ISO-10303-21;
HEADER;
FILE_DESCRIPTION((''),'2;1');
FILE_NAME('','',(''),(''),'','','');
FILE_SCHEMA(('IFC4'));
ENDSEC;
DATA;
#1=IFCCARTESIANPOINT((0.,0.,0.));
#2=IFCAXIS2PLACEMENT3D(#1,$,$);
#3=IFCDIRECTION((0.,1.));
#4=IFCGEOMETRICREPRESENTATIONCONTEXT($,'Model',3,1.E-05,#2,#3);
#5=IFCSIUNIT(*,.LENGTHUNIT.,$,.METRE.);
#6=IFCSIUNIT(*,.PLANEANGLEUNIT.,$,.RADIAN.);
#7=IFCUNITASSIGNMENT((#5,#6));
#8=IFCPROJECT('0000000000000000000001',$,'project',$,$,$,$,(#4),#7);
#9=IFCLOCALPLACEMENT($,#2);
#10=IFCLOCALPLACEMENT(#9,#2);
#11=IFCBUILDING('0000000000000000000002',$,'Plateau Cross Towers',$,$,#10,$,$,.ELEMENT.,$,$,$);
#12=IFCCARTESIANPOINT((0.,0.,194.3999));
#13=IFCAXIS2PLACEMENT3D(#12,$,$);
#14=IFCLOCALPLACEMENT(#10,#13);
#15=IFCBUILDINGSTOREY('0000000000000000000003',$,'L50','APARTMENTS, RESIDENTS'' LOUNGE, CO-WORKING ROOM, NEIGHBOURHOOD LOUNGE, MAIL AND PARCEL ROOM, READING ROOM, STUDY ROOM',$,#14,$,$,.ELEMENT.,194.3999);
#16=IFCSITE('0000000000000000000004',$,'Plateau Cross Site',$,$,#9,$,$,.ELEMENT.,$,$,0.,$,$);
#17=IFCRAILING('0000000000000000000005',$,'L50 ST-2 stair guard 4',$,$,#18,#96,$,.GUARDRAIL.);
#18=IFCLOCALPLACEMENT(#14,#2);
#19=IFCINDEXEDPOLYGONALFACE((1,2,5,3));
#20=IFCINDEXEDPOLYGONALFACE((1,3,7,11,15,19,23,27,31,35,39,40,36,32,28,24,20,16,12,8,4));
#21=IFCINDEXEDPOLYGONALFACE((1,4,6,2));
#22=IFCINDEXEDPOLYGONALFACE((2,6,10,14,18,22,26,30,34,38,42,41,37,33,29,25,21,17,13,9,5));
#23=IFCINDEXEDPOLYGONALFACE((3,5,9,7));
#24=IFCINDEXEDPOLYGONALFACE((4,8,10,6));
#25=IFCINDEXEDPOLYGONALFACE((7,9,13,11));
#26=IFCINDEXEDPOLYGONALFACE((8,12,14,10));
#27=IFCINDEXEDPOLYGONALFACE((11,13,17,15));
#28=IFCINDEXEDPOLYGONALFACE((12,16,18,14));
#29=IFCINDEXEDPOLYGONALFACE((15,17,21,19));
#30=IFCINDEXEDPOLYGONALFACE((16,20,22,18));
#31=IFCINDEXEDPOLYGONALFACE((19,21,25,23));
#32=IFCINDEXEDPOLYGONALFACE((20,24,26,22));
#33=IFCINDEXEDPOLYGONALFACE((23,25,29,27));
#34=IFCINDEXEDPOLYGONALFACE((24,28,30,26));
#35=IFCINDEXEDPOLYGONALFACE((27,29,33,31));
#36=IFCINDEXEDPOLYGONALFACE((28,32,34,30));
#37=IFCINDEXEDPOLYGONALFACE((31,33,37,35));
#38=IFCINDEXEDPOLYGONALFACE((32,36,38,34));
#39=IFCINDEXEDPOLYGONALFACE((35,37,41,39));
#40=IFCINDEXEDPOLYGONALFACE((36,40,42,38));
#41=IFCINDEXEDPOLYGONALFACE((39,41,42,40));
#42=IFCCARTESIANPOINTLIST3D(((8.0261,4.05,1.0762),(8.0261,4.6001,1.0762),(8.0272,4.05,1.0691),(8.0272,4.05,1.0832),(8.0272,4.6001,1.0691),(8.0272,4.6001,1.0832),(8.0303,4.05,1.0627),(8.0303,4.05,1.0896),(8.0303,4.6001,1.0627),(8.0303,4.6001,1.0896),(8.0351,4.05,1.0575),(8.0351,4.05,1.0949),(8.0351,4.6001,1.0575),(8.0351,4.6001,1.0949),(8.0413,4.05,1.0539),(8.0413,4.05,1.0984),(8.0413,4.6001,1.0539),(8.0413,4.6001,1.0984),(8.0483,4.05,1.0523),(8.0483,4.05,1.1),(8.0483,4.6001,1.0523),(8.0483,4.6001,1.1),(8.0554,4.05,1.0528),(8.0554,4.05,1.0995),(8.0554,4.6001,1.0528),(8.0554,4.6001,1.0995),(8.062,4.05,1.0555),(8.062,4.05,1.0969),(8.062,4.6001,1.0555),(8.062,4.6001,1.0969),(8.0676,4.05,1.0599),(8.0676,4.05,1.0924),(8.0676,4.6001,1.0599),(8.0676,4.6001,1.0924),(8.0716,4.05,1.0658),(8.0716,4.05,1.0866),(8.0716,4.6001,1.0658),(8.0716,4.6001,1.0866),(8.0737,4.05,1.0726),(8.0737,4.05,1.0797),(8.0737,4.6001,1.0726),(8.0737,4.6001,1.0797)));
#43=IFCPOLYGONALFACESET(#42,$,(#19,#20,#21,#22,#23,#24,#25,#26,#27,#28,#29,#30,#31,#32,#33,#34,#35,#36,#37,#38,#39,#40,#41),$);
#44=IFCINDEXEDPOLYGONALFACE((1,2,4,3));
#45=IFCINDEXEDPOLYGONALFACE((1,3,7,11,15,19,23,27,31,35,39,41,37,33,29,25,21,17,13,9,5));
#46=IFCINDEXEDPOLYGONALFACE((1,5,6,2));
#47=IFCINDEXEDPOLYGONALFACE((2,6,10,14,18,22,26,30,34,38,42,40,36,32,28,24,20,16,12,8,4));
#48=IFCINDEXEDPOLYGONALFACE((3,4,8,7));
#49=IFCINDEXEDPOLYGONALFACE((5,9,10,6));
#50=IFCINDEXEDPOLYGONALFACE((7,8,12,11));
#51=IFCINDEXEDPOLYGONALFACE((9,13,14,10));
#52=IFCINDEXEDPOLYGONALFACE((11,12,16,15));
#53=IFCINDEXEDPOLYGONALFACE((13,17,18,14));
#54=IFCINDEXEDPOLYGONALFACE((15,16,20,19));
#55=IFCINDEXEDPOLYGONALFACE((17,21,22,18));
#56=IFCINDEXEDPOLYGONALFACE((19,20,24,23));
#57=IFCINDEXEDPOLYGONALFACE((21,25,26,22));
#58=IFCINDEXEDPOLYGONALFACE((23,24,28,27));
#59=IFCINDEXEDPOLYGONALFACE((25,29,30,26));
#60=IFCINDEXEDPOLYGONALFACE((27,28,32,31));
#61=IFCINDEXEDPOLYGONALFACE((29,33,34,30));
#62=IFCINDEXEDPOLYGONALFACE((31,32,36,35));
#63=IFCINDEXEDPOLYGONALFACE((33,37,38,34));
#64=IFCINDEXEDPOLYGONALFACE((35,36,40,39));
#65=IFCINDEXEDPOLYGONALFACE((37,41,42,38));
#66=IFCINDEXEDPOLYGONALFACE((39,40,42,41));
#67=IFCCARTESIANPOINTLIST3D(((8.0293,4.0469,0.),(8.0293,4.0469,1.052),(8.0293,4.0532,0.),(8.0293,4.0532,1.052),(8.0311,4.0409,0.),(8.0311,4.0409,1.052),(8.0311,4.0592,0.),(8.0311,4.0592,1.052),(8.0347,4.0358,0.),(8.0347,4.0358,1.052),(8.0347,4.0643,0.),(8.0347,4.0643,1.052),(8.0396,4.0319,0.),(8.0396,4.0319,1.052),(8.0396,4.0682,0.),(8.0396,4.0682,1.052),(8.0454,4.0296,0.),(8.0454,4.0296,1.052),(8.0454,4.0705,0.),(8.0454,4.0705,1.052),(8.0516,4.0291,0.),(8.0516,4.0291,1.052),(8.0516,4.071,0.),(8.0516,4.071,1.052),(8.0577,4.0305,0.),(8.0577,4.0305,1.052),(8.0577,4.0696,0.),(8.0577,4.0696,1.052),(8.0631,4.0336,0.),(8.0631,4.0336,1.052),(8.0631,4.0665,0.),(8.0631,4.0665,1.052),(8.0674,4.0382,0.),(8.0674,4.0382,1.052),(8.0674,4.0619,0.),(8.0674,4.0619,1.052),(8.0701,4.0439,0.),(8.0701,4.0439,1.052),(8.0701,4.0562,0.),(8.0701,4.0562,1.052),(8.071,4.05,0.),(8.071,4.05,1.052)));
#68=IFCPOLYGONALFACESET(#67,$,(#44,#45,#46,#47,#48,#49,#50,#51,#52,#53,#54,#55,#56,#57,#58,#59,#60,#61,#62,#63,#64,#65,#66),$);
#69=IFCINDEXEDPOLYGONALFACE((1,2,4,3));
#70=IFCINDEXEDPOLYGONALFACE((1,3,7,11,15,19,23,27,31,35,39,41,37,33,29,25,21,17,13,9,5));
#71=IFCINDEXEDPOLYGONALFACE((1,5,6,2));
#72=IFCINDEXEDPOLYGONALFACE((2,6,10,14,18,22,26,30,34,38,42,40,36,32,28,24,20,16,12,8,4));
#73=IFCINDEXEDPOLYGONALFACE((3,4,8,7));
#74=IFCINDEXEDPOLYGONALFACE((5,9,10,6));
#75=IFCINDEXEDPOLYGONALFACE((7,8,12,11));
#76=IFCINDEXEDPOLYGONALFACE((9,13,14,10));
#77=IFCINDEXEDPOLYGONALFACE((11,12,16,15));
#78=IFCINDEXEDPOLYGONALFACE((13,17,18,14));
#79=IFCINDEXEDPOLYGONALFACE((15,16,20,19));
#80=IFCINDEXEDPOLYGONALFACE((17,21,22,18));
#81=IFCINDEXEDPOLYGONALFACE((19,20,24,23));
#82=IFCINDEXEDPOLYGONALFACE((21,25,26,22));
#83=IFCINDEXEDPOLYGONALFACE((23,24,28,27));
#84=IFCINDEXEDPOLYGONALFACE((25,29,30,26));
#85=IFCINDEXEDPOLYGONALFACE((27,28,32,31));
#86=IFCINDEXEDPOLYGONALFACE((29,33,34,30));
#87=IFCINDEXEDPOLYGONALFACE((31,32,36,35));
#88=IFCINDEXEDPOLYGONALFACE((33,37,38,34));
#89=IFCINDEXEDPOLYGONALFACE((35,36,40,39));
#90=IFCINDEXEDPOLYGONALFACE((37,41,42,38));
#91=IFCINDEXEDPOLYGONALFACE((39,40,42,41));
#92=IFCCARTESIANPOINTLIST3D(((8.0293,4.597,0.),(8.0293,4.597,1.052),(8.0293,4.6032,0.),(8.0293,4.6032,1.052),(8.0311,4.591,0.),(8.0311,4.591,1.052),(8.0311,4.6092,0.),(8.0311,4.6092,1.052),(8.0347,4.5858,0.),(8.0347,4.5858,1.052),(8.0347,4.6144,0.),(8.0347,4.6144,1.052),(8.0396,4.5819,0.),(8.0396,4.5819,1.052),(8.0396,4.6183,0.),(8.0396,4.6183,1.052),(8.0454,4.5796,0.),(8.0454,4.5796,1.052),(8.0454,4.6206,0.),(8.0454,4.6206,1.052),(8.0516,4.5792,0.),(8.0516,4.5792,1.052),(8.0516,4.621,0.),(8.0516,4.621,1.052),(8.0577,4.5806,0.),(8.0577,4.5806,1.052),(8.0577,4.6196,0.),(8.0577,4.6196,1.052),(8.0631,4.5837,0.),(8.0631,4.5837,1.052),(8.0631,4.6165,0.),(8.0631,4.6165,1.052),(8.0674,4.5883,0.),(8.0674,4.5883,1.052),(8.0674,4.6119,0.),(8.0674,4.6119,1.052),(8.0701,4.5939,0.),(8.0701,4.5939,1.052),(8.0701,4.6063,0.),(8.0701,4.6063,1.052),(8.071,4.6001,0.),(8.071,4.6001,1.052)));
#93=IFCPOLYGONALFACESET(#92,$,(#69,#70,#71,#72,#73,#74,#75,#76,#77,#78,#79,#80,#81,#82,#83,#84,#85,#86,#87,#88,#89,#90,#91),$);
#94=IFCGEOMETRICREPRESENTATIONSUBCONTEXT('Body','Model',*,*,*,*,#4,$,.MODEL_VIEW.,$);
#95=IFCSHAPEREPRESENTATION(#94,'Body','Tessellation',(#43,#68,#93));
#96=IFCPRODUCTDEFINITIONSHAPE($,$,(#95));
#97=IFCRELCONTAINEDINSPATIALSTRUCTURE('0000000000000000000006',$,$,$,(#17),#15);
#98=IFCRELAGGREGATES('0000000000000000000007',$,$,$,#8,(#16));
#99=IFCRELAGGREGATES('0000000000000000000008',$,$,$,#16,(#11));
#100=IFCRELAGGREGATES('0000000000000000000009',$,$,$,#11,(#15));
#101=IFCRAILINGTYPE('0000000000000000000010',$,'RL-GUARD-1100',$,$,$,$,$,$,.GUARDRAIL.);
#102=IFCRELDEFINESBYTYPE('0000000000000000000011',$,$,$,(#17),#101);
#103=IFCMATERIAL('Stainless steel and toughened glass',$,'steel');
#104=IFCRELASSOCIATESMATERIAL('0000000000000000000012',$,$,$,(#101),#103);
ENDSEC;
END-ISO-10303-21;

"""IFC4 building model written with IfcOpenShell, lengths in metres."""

from ifc_helpers import new_model, si_unit, direction, frame, origin, origin_2d, place, context, subcontext, project, spatial, circle, extrude, material, type_object, element, save


model = new_model("IFC4")

# Units and contexts
model_context = context("Model", 3, precision=1e-05, world=origin(), true_north=direction((0.0, 1.0)))
body_context = subcontext(model_context, "Body", "Model", "MODEL_VIEW")
ifc_project = project(units=[si_unit("LENGTHUNIT", "METRE"), si_unit("PLANEANGLEUNIT", "RADIAN")], contexts=[model_context])

# Site, building, storey
site_placement = place(None, origin())
site = spatial("IfcSite", under=ifc_project, at=site_placement, Name="Plateau Cross Site", CompositionType="ELEMENT", RefElevation=0.0)
building_placement = place(site_placement, origin())
building = spatial("IfcBuilding", under=site, at=building_placement, Name="Plateau Cross Towers", CompositionType="ELEMENT")
storey_placement = place(building_placement, frame((0.0, 0.0, 194.3999)))
storey = spatial("IfcBuildingStorey", under=building, at=storey_placement, Name="L50", Description="APARTMENTS, RESIDENTS' LOUNGE, CO-WORKING ROOM, NEIGHBOURHOOD LOUNGE, MAIL AND PARCEL ROOM, READING ROOM, STUDY ROOM", CompositionType="ELEMENT", Elevation=194.3999)

# Railing
ifc_material_1 = material(Name="Stainless steel and toughened glass", Category="steel")
railing_type_1 = type_object("IfcRailingType", Name="RL-GUARD-1100", PredefinedType="GUARDRAIL", material=ifc_material_1)
railing_1_placement = place(storey_placement, frame((8.05, 4.05, 0.0)))
element("IfcRailing", 1, at=railing_1_placement, inside=storey, type_object=railing_type_1, Name="L50 ST-2 stair guard 4", PredefinedType="GUARDRAIL", context=body_context, shape_type="SweptSolid", body=[
    extrude(circle(Radius=0.0239, at=origin_2d()), frame((0.0, 0.0, 1.0762), z_axis=(0.0, 1.0, 0.0), x_axis=(-1.0, 0.0, 0.0)), (0.0, 0.0, 1.0), 0.55),
    extrude(circle(Radius=0.021, at=origin_2d()), origin(), (0.0, 0.0, 1.0), 1.052),
    extrude(circle(Radius=0.021, at=origin_2d()), frame((0.0, 0.55, 0.0)), (0.0, 0.0, 1.0), 1.052),
])

save(model, "model.ifc")
